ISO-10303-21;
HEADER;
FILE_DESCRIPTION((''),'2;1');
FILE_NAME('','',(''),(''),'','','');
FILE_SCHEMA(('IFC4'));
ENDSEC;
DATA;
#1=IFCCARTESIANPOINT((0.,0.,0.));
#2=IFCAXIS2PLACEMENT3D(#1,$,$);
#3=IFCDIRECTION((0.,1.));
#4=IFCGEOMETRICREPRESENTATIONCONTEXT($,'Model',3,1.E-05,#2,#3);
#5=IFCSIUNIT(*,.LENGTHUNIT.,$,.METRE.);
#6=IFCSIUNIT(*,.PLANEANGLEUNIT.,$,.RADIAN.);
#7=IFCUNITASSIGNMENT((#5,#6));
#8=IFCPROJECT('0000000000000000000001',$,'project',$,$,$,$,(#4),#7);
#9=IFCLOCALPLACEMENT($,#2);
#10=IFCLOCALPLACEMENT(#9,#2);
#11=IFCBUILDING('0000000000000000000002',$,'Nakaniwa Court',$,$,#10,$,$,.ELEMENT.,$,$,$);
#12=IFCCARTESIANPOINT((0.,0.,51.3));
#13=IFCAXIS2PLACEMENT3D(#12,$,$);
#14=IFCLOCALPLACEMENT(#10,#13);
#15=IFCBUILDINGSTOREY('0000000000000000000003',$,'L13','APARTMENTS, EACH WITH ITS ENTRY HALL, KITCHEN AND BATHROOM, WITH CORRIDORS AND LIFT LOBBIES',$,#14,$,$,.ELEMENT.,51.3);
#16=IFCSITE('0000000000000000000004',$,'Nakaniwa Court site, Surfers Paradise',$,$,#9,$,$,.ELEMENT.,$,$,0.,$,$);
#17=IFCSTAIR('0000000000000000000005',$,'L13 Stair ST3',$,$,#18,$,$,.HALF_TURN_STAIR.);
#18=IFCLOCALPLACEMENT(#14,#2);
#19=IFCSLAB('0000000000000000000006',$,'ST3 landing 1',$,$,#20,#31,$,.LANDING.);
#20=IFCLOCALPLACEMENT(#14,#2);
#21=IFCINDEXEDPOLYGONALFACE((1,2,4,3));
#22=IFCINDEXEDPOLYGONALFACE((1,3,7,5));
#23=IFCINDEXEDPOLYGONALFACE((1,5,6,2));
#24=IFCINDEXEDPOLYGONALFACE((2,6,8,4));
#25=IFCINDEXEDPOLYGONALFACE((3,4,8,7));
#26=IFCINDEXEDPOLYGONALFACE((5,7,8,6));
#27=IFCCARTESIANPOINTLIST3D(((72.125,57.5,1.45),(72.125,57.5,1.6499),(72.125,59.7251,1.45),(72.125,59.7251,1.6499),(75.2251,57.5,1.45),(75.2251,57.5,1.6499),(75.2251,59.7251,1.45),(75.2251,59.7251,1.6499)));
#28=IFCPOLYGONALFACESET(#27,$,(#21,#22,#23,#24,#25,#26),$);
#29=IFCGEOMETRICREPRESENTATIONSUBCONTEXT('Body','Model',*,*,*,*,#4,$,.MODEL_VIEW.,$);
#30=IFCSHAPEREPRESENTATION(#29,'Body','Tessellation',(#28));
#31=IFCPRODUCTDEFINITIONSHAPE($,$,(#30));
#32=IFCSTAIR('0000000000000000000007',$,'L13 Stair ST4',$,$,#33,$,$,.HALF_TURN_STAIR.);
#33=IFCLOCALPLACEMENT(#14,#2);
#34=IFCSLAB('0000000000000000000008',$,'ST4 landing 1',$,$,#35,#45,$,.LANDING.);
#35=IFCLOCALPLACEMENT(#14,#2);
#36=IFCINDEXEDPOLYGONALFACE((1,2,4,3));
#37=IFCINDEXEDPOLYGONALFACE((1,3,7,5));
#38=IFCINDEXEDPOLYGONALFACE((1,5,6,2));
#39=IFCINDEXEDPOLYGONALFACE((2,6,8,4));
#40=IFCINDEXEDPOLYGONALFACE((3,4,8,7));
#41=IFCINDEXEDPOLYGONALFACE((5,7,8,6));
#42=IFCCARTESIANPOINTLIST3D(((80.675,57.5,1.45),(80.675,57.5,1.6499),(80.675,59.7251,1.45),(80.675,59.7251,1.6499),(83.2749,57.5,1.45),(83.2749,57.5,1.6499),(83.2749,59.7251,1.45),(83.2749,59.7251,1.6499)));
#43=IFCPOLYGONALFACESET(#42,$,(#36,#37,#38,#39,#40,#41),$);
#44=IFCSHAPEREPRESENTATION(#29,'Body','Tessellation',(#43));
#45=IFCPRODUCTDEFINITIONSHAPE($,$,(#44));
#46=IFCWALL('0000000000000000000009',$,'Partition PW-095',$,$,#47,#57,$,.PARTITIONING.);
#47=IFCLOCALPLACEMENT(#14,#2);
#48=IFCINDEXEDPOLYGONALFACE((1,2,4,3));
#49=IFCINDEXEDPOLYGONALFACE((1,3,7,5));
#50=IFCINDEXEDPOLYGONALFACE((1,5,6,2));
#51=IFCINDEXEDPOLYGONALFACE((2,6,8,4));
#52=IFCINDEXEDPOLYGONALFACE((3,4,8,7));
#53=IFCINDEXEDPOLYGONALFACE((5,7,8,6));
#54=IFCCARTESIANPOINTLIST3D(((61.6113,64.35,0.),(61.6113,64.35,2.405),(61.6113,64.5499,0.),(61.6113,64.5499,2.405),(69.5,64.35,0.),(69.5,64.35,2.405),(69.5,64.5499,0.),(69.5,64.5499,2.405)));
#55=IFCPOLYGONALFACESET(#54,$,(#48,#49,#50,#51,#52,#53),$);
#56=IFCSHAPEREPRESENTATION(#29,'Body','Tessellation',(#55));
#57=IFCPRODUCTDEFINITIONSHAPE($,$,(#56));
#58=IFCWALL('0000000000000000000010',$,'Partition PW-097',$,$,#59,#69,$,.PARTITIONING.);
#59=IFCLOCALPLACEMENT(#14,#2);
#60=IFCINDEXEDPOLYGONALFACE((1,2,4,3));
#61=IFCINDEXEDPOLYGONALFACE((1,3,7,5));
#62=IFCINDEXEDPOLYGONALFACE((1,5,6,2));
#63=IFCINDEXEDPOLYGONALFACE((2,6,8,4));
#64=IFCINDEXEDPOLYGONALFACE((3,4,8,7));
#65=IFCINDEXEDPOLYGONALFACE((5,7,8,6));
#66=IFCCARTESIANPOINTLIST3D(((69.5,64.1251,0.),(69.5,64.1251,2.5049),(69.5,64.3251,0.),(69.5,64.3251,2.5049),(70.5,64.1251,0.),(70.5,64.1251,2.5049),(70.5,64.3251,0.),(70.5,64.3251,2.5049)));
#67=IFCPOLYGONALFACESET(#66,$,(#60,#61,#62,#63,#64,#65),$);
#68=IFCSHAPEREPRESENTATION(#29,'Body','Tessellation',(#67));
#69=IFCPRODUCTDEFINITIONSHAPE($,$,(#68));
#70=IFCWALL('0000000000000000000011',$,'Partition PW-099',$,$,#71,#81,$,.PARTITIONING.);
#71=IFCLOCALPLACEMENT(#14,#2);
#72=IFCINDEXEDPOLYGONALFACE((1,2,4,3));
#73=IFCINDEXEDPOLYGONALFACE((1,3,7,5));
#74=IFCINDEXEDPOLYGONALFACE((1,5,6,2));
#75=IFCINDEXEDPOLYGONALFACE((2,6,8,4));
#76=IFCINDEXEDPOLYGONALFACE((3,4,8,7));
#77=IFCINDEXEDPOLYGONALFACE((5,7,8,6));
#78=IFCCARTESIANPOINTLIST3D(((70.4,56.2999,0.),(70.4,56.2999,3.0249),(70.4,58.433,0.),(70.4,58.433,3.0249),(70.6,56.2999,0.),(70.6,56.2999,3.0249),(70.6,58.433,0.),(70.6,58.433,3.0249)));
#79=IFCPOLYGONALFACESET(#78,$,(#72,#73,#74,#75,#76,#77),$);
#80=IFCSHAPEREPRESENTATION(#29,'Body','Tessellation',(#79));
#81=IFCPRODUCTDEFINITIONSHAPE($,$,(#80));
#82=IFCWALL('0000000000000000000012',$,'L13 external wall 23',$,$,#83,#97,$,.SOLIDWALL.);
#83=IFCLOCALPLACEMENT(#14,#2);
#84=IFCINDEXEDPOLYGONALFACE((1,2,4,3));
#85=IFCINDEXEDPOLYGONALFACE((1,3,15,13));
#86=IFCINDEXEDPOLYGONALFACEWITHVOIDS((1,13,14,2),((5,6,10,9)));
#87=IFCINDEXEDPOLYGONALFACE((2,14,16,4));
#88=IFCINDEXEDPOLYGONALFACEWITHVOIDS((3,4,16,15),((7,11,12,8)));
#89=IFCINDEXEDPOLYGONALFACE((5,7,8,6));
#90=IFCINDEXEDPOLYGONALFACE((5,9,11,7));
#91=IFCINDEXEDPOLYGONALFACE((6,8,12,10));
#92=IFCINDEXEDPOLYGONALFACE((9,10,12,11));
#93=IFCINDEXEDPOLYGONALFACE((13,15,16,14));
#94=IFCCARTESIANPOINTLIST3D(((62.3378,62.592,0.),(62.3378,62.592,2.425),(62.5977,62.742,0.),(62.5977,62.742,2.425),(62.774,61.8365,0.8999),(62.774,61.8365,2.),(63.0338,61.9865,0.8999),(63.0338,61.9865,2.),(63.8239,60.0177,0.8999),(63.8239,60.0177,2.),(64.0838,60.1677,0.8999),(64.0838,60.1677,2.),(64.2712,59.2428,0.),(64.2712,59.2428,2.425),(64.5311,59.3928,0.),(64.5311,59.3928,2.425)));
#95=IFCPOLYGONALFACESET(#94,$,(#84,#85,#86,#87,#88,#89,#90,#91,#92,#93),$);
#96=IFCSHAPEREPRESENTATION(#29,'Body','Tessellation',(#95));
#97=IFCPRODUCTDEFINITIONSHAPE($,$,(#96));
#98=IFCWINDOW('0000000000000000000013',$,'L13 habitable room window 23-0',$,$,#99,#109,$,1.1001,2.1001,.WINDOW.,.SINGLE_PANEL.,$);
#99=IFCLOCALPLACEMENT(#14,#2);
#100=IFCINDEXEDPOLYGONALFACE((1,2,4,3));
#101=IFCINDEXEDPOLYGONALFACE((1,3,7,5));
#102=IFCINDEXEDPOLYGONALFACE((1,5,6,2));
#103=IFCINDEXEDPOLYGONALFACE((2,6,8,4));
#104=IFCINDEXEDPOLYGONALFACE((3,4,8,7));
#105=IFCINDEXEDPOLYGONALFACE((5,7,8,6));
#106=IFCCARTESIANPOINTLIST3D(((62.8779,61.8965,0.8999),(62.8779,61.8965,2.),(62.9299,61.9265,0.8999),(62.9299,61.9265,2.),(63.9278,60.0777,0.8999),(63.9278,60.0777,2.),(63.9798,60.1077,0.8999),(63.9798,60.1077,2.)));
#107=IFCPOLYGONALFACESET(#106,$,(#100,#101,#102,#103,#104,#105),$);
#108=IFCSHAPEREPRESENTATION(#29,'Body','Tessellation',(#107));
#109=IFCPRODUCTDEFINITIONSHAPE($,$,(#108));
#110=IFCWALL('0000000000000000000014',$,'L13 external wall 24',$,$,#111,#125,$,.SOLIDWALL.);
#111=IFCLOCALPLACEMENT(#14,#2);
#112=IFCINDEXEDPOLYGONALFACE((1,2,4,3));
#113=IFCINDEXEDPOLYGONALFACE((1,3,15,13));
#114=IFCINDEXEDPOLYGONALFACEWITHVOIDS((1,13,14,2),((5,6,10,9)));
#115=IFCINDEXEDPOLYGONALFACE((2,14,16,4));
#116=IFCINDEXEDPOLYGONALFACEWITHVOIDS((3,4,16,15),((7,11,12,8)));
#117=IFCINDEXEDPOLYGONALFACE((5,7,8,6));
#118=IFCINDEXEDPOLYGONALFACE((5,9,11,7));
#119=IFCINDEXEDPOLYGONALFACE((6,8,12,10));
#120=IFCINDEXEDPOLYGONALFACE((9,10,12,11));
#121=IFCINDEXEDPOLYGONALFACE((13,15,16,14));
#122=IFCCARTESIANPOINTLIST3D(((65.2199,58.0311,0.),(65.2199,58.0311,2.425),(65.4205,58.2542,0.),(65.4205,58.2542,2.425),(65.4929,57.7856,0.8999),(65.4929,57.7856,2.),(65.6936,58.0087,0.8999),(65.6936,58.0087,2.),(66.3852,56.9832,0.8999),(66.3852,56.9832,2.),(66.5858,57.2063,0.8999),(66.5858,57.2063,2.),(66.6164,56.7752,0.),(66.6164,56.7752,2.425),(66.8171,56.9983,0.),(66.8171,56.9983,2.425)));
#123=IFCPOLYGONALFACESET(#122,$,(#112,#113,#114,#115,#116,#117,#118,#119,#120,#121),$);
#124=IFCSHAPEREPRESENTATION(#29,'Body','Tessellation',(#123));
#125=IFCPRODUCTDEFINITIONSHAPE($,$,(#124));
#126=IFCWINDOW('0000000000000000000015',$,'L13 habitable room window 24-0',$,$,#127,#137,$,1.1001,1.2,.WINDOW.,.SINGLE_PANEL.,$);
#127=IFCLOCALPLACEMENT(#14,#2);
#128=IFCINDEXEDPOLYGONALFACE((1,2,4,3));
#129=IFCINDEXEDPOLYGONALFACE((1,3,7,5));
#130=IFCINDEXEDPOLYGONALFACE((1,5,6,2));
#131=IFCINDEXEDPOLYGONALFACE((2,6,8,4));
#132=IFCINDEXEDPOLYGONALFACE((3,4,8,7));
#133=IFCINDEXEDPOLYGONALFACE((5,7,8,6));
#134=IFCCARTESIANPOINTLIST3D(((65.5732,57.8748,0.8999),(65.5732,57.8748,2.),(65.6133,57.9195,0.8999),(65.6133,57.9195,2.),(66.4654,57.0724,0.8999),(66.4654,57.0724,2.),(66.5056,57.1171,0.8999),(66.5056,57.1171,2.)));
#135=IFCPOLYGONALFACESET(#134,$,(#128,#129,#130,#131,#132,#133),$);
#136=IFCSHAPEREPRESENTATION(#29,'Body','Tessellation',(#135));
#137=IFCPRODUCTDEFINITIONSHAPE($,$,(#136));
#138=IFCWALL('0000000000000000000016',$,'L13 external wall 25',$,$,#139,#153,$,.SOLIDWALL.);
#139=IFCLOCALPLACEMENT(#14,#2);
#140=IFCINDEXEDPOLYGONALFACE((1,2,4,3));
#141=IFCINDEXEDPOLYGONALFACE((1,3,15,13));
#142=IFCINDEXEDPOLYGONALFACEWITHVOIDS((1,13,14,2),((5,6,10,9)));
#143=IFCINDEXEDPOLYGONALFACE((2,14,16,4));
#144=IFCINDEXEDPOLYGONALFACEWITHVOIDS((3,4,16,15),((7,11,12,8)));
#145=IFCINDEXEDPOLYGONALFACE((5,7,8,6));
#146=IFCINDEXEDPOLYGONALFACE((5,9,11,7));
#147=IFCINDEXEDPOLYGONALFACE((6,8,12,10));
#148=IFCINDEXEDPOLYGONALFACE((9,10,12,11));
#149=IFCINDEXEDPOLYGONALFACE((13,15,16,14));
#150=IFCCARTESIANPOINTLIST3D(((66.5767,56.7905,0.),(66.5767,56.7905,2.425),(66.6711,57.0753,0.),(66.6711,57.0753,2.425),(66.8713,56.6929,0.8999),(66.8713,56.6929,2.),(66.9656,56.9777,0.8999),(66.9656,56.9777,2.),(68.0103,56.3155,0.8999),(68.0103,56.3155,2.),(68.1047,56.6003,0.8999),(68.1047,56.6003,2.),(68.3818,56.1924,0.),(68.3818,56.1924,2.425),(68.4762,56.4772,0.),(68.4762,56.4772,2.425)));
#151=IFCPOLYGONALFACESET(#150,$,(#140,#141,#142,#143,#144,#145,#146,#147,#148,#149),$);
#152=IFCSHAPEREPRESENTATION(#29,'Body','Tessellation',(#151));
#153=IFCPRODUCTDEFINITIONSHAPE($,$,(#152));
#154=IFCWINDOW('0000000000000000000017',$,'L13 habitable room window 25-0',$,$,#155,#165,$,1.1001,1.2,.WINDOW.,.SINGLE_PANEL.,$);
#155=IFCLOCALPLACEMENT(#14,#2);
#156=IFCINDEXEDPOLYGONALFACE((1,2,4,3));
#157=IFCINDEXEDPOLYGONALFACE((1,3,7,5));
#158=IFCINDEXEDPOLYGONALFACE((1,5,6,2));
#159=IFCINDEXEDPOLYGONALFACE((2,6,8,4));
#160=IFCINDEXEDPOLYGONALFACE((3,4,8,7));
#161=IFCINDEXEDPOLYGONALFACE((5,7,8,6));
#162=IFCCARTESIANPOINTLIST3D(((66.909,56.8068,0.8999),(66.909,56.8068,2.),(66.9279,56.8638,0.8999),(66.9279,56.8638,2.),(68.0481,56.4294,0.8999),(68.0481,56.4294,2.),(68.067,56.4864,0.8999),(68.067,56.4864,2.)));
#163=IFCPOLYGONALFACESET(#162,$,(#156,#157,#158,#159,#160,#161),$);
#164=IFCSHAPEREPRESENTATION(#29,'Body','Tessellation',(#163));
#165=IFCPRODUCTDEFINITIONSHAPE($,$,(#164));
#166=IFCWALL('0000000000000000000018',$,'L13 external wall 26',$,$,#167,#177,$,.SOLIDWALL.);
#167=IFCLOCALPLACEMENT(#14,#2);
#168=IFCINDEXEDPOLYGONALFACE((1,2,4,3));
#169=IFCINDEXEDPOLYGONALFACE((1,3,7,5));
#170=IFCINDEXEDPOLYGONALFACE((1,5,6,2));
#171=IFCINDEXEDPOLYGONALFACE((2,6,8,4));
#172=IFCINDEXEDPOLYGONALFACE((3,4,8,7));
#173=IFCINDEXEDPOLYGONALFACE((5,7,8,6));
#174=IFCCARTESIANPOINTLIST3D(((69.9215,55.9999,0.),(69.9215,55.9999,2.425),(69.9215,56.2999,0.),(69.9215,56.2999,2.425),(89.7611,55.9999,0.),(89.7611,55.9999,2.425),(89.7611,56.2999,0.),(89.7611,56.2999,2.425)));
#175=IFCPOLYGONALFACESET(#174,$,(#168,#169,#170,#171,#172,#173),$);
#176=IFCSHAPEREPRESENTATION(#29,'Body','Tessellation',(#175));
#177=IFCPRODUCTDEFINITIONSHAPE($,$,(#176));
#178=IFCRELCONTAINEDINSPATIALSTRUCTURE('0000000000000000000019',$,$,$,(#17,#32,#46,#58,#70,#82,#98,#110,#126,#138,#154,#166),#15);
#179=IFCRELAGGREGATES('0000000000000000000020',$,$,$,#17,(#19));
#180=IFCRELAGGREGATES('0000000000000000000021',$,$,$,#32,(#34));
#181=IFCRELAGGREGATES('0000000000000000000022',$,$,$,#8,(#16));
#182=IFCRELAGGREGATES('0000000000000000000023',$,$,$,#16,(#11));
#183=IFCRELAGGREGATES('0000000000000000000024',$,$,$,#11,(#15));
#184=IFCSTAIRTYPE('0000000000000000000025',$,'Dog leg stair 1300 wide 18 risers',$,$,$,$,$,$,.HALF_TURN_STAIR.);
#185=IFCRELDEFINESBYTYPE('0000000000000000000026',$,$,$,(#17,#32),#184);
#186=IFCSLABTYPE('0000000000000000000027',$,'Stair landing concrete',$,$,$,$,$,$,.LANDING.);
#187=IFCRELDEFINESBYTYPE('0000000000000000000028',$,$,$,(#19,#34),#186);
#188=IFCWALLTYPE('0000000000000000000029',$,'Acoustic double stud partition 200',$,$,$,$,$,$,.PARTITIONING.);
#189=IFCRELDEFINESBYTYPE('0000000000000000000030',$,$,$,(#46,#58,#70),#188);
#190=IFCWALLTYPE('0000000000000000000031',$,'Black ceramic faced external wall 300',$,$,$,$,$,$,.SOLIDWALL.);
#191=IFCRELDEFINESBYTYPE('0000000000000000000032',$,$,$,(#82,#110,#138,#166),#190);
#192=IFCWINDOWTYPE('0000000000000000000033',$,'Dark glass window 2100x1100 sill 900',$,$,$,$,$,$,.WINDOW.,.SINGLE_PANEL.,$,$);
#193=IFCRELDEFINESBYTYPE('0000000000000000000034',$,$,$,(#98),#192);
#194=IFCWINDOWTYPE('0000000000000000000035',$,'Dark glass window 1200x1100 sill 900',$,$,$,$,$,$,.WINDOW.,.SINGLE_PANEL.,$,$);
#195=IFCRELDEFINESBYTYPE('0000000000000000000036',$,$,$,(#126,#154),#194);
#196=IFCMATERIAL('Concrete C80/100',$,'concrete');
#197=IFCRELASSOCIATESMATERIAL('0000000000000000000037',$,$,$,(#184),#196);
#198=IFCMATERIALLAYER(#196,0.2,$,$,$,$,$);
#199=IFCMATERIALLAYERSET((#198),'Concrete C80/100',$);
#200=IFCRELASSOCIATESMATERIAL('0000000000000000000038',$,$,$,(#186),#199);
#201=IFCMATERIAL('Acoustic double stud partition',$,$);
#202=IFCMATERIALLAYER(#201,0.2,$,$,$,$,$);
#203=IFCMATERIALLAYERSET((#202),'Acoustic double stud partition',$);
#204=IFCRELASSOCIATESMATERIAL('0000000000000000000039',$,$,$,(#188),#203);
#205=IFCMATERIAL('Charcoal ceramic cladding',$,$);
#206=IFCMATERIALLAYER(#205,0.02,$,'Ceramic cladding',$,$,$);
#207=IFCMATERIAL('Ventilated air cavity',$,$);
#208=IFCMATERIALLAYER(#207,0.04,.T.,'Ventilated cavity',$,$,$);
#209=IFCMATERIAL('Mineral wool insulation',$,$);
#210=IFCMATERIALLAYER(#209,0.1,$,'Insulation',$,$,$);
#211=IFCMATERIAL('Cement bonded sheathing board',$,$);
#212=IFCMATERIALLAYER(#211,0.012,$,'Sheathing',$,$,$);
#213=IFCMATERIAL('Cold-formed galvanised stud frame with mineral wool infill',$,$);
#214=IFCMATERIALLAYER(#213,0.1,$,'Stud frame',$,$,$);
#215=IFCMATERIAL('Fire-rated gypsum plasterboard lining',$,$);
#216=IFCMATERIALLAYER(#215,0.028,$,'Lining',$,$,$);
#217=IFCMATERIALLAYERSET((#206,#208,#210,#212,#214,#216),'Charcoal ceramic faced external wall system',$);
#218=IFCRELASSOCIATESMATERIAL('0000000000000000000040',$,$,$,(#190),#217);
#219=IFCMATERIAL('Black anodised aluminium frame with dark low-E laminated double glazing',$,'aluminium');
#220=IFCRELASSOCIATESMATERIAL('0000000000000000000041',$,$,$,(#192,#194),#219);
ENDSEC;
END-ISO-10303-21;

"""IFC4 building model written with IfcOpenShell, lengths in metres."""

from ifc_helpers import new_model, si_unit, direction, frame, frame_2d, origin, place, context, subcontext, project, spatial, polyline, rectangle, outline, extrude, material, layer, layer_set, type_object, element, fill, aggregate, save


model = new_model("IFC4")

# Units and contexts
model_context = context("Model", 3, precision=1e-05, world=origin(), true_north=direction((0.0, 1.0)))
body_context = subcontext(model_context, "Body", "Model", "MODEL_VIEW")
ifc_project = project(units=[si_unit("LENGTHUNIT", "METRE"), si_unit("PLANEANGLEUNIT", "RADIAN")], contexts=[model_context])

# Site, building, storey
site_placement = place(None, origin())
site = spatial("IfcSite", under=ifc_project, at=site_placement, Name="Nakaniwa Court site, Surfers Paradise", CompositionType="ELEMENT", RefElevation=0.0)
building_placement = place(site_placement, origin())
building = spatial("IfcBuilding", under=site, at=building_placement, Name="Nakaniwa Court", CompositionType="ELEMENT")
storey_placement = place(building_placement, frame((0.0, 0.0, 51.3)))
storey = spatial("IfcBuildingStorey", under=building, at=storey_placement, Name="L13", Description="APARTMENTS, EACH WITH ITS ENTRY HALL, KITCHEN AND BATHROOM, WITH CORRIDORS AND LIFT LOBBIES", CompositionType="ELEMENT", Elevation=51.3)

# Stairs, slabs
ifc_material_1 = material(Name="Concrete C80/100", Category="concrete")
stair_type = type_object("IfcStairType", Name="Dog leg stair 1300 wide 18 risers", PredefinedType="HALF_TURN_STAIR", material=ifc_material_1)
ifc_layer_1 = layer(ifc_material_1, 0.2)
ifc_layer_set_1 = layer_set([ifc_layer_1], Name="Concrete C80/100")
slab_type_1 = type_object("IfcSlabType", Name="Stair landing concrete", PredefinedType="LANDING", material=ifc_layer_set_1)
stair_1_placement = place(storey_placement, origin())
stair_1 = element("IfcStair", 1, at=stair_1_placement, inside=storey, type_object=stair_type, Name="L13 Stair ST3", PredefinedType="HALF_TURN_STAIR")
slab_1_placement = place(storey_placement, frame((0.0, 0.0, 1.45)))
slab_1 = element("IfcSlab", 2, at=slab_1_placement, type_object=slab_type_1, Name="ST3 landing 1", PredefinedType="LANDING", context=body_context, shape_type="SweptSolid", body=[
    extrude(outline(polyline([(75.2251, 57.5), (75.2251, 59.7251), (72.125, 59.7251), (72.125, 57.5), (75.2251, 57.5)])), origin(), (0.0, 0.0, 1.0), 0.2),
])
aggregate(stair_1, [slab_1])
stair_2_placement = place(storey_placement, origin())
stair_2 = element("IfcStair", 3, at=stair_2_placement, inside=storey, type_object=stair_type, Name="L13 Stair ST4", PredefinedType="HALF_TURN_STAIR")
slab_2_placement = place(storey_placement, frame((0.0, 0.0, 1.45)))
slab_2 = element("IfcSlab", 4, at=slab_2_placement, type_object=slab_type_1, Name="ST4 landing 1", PredefinedType="LANDING", context=body_context, shape_type="SweptSolid", body=[
    extrude(outline(polyline([(83.2749, 57.5), (83.2749, 59.7251), (80.675, 59.7251), (80.675, 57.5), (83.2749, 57.5)])), origin(), (0.0, 0.0, 1.0), 0.2),
])
aggregate(stair_2, [slab_2])

# Walls
ifc_material_2 = material(Name="Acoustic double stud partition")
ifc_layer_2 = layer(ifc_material_2, 0.2)
ifc_layer_set_2 = layer_set([ifc_layer_2], Name="Acoustic double stud partition")
wall_type_1 = type_object("IfcWallType", Name="Acoustic double stud partition 200", PredefinedType="PARTITIONING", material=ifc_layer_set_2)
wall_1_placement = place(storey_placement, frame((61.6113, 64.45, 0.0), z_axis=(0.0, 0.0, 1.0), x_axis=(1.0, 0.0, 0.0)))
element("IfcWall", 5, at=wall_1_placement, inside=storey, type_object=wall_type_1, Name="Partition PW-095", PredefinedType="PARTITIONING", context=body_context, shape_type="SweptSolid", body=[
    extrude(rectangle(XDim=7.8887, YDim=0.2, at=frame_2d((3.9443, 0.0))), origin(), (0.0, 0.0, 1.0), 2.405),
])
wall_2_placement = place(storey_placement, frame((69.5, 64.2251, 0.0), z_axis=(0.0, 0.0, 1.0), x_axis=(1.0, 0.0, 0.0)))
element("IfcWall", 6, at=wall_2_placement, inside=storey, type_object=wall_type_1, Name="Partition PW-097", PredefinedType="PARTITIONING", context=body_context, shape_type="SweptSolid", body=[
    extrude(rectangle(XDim=1.0, YDim=0.2, at=frame_2d((0.5, 0.0))), origin(), (0.0, 0.0, 1.0), 2.5049),
])
wall_3_placement = place(storey_placement, frame((70.5, 56.3, 0.0), z_axis=(0.0, 0.0, 1.0), x_axis=(0.0, 1.0, 0.0)))
element("IfcWall", 7, at=wall_3_placement, inside=storey, type_object=wall_type_1, Name="Partition PW-099", PredefinedType="PARTITIONING", context=body_context, shape_type="SweptSolid", body=[
    extrude(rectangle(XDim=2.1331, YDim=0.2, at=frame_2d((1.0664, 0.0))), origin(), (0.0, 0.0, 1.0), 3.0249),
])

# Walls, openings, windows
ifc_material_3 = material(Name="Charcoal ceramic cladding")
ifc_layer_3 = layer(ifc_material_3, 0.02, Name="Ceramic cladding")
ifc_material_4 = material(Name="Ventilated air cavity")
ifc_layer_4 = layer(ifc_material_4, 0.04, ventilated=True, Name="Ventilated cavity")
ifc_material_5 = material(Name="Mineral wool insulation")
ifc_layer_5 = layer(ifc_material_5, 0.1, Name="Insulation")
ifc_material_6 = material(Name="Cement bonded sheathing board")
ifc_layer_6 = layer(ifc_material_6, 0.012, Name="Sheathing")
ifc_material_7 = material(Name="Cold-formed galvanised stud frame with mineral wool infill")
ifc_layer_7 = layer(ifc_material_7, 0.1, Name="Stud frame")
ifc_material_8 = material(Name="Fire-rated gypsum plasterboard lining")
ifc_layer_8 = layer(ifc_material_8, 0.028, Name="Lining")
ifc_layer_set_3 = layer_set([ifc_layer_3, ifc_layer_4, ifc_layer_5, ifc_layer_6, ifc_layer_7, ifc_layer_8], Name="Charcoal ceramic faced external wall system")
wall_type_2 = type_object("IfcWallType", Name="Black ceramic faced external wall 300", PredefinedType="SOLIDWALL", material=ifc_layer_set_3)
wall_4_placement = place(storey_placement, frame((62.4678, 62.667, 0.0), z_axis=(0.0, 0.0, 1.0), x_axis=(0.499948, -0.866055, 0.0)))
wall_4 = element("IfcWall", 8, at=wall_4_placement, inside=storey, type_object=wall_type_2, Name="L13 external wall 23", PredefinedType="SOLIDWALL", context=body_context, shape_type="SweptSolid", body=[
    extrude(rectangle(XDim=3.8672, YDim=0.3, at=frame_2d((1.9336, 0.0))), origin(), (0.0, 0.0, 1.0), 2.425),
])
opening_1_placement = place(wall_4_placement, frame((0.8723, 0.0, 0.8999)))
opening_1 = element("IfcOpeningElement", 9, at=opening_1_placement, cuts=wall_4, PredefinedType="OPENING", context=body_context, shape_type="SweptSolid", body=[
    extrude(rectangle(XDim=2.1001, YDim=1.1001, at=frame_2d((1.05, 0.55))), frame((0.0, 0.1599, 0.0), z_axis=(0.0, -1.0, 0.0), x_axis=(1.0, 0.0, 0.0)), (0.0, 0.0, 1.0), 0.3201),
])
ifc_material_9 = material(Name="Black anodised aluminium frame with dark low-E laminated double glazing", Category="aluminium")
window_type_1 = type_object("IfcWindowType", Name="Dark glass window 2100x1100 sill 900", PartitioningType="SINGLE_PANEL", PredefinedType="WINDOW", material=ifc_material_9)
window_1_placement = place(opening_1_placement, origin())
window_1 = element("IfcWindow", 10, at=window_1_placement, inside=storey, type_object=window_type_1, Name="L13 habitable room window 23-0", OverallHeight=1.1001, OverallWidth=2.1001, PartitioningType="SINGLE_PANEL", PredefinedType="WINDOW", context=body_context, shape_type="SweptSolid", body=[
    extrude(rectangle(XDim=2.1001, YDim=1.1001, at=frame_2d((1.05, 0.55))), frame((0.0, 0.03, 0.0), z_axis=(0.0, -1.0, 0.0), x_axis=(1.0, 0.0, 0.0)), (0.0, 0.0, 1.0), 0.0601),
])
fill(opening_1, window_1)
wall_5_placement = place(storey_placement, frame((65.3203, 58.1426, 0.0), z_axis=(0.0, 0.0, 1.0), x_axis=(0.743553, -0.668677, 0.0)))
wall_5 = element("IfcWall", 11, at=wall_5_placement, inside=storey, type_object=wall_type_2, Name="L13 external wall 24", PredefinedType="SOLIDWALL", context=body_context, shape_type="SweptSolid", body=[
    extrude(rectangle(XDim=1.8782, YDim=0.3, at=frame_2d((0.939, 0.0))), origin(), (0.0, 0.0, 1.0), 2.425),
])
opening_2_placement = place(wall_5_placement, frame((0.3669, 0.0, 0.8999)))
opening_2 = element("IfcOpeningElement", 12, at=opening_2_placement, cuts=wall_5, PredefinedType="OPENING", context=body_context, shape_type="SweptSolid", body=[
    extrude(rectangle(XDim=1.2, YDim=1.1001, at=frame_2d((0.6001, 0.55))), frame((0.0, 0.1599, 0.0), z_axis=(0.0, -1.0, 0.0), x_axis=(1.0, 0.0, 0.0)), (0.0, 0.0, 1.0), 0.3201),
])
window_type_2 = type_object("IfcWindowType", Name="Dark glass window 1200x1100 sill 900", PartitioningType="SINGLE_PANEL", PredefinedType="WINDOW", material=ifc_material_9)
window_2_placement = place(opening_2_placement, origin())
window_2 = element("IfcWindow", 13, at=window_2_placement, inside=storey, type_object=window_type_2, Name="L13 habitable room window 24-0", OverallHeight=1.1001, OverallWidth=1.2, PartitioningType="SINGLE_PANEL", PredefinedType="WINDOW", context=body_context, shape_type="SweptSolid", body=[
    extrude(rectangle(XDim=1.2, YDim=1.1001, at=frame_2d((0.6001, 0.55))), frame((0.0, 0.03, 0.0), z_axis=(0.0, -1.0, 0.0), x_axis=(1.0, 0.0, 0.0)), (0.0, 0.0, 1.0), 0.0601),
])
fill(opening_2, window_2)
wall_6_placement = place(storey_placement, frame((66.624, 56.9329, 0.0), z_axis=(0.0, 0.0, 1.0), x_axis=(0.949247, -0.314533, 0.0)))
wall_6 = element("IfcWall", 14, at=wall_6_placement, inside=storey, type_object=wall_type_2, Name="L13 external wall 25", PredefinedType="SOLIDWALL", context=body_context, shape_type="SweptSolid", body=[
    extrude(rectangle(XDim=1.9016, YDim=0.3, at=frame_2d((0.9507, 0.0))), origin(), (0.0, 0.0, 1.0), 2.425),
])
opening_3_placement = place(wall_6_placement, frame((0.3101, 0.0, 0.8999)))
opening_3 = element("IfcOpeningElement", 15, at=opening_3_placement, cuts=wall_6, PredefinedType="OPENING", context=body_context, shape_type="SweptSolid", body=[
    extrude(rectangle(XDim=1.2, YDim=1.1001, at=frame_2d((0.6001, 0.55))), frame((0.0, 0.1599, 0.0), z_axis=(0.0, -1.0, 0.0), x_axis=(1.0, 0.0, 0.0)), (0.0, 0.0, 1.0), 0.3201),
])
window_3_placement = place(opening_3_placement, origin())
window_3 = element("IfcWindow", 16, at=window_3_placement, inside=storey, type_object=window_type_2, Name="L13 habitable room window 25-0", OverallHeight=1.1001, OverallWidth=1.2, PartitioningType="SINGLE_PANEL", PredefinedType="WINDOW", context=body_context, shape_type="SweptSolid", body=[
    extrude(rectangle(XDim=1.2, YDim=1.1001, at=frame_2d((0.6001, 0.55))), frame((0.0, 0.03, 0.0), z_axis=(0.0, -1.0, 0.0), x_axis=(1.0, 0.0, 0.0)), (0.0, 0.0, 1.0), 0.0601),
])
fill(opening_3, window_3)

# Wall
wall_7_placement = place(storey_placement, frame((69.9214, 56.1499, 0.0), z_axis=(0.0, 0.0, 1.0), x_axis=(1.0, 0.0, 0.0)))
element("IfcWall", 17, at=wall_7_placement, inside=storey, type_object=wall_type_2, Name="L13 external wall 26", PredefinedType="SOLIDWALL", context=body_context, shape_type="SweptSolid", body=[
    extrude(rectangle(XDim=19.8396, YDim=0.3, at=frame_2d((9.9199, 0.0))), origin(), (0.0, 0.0, 1.0), 2.425),
])

save(model, "model.ifc")
